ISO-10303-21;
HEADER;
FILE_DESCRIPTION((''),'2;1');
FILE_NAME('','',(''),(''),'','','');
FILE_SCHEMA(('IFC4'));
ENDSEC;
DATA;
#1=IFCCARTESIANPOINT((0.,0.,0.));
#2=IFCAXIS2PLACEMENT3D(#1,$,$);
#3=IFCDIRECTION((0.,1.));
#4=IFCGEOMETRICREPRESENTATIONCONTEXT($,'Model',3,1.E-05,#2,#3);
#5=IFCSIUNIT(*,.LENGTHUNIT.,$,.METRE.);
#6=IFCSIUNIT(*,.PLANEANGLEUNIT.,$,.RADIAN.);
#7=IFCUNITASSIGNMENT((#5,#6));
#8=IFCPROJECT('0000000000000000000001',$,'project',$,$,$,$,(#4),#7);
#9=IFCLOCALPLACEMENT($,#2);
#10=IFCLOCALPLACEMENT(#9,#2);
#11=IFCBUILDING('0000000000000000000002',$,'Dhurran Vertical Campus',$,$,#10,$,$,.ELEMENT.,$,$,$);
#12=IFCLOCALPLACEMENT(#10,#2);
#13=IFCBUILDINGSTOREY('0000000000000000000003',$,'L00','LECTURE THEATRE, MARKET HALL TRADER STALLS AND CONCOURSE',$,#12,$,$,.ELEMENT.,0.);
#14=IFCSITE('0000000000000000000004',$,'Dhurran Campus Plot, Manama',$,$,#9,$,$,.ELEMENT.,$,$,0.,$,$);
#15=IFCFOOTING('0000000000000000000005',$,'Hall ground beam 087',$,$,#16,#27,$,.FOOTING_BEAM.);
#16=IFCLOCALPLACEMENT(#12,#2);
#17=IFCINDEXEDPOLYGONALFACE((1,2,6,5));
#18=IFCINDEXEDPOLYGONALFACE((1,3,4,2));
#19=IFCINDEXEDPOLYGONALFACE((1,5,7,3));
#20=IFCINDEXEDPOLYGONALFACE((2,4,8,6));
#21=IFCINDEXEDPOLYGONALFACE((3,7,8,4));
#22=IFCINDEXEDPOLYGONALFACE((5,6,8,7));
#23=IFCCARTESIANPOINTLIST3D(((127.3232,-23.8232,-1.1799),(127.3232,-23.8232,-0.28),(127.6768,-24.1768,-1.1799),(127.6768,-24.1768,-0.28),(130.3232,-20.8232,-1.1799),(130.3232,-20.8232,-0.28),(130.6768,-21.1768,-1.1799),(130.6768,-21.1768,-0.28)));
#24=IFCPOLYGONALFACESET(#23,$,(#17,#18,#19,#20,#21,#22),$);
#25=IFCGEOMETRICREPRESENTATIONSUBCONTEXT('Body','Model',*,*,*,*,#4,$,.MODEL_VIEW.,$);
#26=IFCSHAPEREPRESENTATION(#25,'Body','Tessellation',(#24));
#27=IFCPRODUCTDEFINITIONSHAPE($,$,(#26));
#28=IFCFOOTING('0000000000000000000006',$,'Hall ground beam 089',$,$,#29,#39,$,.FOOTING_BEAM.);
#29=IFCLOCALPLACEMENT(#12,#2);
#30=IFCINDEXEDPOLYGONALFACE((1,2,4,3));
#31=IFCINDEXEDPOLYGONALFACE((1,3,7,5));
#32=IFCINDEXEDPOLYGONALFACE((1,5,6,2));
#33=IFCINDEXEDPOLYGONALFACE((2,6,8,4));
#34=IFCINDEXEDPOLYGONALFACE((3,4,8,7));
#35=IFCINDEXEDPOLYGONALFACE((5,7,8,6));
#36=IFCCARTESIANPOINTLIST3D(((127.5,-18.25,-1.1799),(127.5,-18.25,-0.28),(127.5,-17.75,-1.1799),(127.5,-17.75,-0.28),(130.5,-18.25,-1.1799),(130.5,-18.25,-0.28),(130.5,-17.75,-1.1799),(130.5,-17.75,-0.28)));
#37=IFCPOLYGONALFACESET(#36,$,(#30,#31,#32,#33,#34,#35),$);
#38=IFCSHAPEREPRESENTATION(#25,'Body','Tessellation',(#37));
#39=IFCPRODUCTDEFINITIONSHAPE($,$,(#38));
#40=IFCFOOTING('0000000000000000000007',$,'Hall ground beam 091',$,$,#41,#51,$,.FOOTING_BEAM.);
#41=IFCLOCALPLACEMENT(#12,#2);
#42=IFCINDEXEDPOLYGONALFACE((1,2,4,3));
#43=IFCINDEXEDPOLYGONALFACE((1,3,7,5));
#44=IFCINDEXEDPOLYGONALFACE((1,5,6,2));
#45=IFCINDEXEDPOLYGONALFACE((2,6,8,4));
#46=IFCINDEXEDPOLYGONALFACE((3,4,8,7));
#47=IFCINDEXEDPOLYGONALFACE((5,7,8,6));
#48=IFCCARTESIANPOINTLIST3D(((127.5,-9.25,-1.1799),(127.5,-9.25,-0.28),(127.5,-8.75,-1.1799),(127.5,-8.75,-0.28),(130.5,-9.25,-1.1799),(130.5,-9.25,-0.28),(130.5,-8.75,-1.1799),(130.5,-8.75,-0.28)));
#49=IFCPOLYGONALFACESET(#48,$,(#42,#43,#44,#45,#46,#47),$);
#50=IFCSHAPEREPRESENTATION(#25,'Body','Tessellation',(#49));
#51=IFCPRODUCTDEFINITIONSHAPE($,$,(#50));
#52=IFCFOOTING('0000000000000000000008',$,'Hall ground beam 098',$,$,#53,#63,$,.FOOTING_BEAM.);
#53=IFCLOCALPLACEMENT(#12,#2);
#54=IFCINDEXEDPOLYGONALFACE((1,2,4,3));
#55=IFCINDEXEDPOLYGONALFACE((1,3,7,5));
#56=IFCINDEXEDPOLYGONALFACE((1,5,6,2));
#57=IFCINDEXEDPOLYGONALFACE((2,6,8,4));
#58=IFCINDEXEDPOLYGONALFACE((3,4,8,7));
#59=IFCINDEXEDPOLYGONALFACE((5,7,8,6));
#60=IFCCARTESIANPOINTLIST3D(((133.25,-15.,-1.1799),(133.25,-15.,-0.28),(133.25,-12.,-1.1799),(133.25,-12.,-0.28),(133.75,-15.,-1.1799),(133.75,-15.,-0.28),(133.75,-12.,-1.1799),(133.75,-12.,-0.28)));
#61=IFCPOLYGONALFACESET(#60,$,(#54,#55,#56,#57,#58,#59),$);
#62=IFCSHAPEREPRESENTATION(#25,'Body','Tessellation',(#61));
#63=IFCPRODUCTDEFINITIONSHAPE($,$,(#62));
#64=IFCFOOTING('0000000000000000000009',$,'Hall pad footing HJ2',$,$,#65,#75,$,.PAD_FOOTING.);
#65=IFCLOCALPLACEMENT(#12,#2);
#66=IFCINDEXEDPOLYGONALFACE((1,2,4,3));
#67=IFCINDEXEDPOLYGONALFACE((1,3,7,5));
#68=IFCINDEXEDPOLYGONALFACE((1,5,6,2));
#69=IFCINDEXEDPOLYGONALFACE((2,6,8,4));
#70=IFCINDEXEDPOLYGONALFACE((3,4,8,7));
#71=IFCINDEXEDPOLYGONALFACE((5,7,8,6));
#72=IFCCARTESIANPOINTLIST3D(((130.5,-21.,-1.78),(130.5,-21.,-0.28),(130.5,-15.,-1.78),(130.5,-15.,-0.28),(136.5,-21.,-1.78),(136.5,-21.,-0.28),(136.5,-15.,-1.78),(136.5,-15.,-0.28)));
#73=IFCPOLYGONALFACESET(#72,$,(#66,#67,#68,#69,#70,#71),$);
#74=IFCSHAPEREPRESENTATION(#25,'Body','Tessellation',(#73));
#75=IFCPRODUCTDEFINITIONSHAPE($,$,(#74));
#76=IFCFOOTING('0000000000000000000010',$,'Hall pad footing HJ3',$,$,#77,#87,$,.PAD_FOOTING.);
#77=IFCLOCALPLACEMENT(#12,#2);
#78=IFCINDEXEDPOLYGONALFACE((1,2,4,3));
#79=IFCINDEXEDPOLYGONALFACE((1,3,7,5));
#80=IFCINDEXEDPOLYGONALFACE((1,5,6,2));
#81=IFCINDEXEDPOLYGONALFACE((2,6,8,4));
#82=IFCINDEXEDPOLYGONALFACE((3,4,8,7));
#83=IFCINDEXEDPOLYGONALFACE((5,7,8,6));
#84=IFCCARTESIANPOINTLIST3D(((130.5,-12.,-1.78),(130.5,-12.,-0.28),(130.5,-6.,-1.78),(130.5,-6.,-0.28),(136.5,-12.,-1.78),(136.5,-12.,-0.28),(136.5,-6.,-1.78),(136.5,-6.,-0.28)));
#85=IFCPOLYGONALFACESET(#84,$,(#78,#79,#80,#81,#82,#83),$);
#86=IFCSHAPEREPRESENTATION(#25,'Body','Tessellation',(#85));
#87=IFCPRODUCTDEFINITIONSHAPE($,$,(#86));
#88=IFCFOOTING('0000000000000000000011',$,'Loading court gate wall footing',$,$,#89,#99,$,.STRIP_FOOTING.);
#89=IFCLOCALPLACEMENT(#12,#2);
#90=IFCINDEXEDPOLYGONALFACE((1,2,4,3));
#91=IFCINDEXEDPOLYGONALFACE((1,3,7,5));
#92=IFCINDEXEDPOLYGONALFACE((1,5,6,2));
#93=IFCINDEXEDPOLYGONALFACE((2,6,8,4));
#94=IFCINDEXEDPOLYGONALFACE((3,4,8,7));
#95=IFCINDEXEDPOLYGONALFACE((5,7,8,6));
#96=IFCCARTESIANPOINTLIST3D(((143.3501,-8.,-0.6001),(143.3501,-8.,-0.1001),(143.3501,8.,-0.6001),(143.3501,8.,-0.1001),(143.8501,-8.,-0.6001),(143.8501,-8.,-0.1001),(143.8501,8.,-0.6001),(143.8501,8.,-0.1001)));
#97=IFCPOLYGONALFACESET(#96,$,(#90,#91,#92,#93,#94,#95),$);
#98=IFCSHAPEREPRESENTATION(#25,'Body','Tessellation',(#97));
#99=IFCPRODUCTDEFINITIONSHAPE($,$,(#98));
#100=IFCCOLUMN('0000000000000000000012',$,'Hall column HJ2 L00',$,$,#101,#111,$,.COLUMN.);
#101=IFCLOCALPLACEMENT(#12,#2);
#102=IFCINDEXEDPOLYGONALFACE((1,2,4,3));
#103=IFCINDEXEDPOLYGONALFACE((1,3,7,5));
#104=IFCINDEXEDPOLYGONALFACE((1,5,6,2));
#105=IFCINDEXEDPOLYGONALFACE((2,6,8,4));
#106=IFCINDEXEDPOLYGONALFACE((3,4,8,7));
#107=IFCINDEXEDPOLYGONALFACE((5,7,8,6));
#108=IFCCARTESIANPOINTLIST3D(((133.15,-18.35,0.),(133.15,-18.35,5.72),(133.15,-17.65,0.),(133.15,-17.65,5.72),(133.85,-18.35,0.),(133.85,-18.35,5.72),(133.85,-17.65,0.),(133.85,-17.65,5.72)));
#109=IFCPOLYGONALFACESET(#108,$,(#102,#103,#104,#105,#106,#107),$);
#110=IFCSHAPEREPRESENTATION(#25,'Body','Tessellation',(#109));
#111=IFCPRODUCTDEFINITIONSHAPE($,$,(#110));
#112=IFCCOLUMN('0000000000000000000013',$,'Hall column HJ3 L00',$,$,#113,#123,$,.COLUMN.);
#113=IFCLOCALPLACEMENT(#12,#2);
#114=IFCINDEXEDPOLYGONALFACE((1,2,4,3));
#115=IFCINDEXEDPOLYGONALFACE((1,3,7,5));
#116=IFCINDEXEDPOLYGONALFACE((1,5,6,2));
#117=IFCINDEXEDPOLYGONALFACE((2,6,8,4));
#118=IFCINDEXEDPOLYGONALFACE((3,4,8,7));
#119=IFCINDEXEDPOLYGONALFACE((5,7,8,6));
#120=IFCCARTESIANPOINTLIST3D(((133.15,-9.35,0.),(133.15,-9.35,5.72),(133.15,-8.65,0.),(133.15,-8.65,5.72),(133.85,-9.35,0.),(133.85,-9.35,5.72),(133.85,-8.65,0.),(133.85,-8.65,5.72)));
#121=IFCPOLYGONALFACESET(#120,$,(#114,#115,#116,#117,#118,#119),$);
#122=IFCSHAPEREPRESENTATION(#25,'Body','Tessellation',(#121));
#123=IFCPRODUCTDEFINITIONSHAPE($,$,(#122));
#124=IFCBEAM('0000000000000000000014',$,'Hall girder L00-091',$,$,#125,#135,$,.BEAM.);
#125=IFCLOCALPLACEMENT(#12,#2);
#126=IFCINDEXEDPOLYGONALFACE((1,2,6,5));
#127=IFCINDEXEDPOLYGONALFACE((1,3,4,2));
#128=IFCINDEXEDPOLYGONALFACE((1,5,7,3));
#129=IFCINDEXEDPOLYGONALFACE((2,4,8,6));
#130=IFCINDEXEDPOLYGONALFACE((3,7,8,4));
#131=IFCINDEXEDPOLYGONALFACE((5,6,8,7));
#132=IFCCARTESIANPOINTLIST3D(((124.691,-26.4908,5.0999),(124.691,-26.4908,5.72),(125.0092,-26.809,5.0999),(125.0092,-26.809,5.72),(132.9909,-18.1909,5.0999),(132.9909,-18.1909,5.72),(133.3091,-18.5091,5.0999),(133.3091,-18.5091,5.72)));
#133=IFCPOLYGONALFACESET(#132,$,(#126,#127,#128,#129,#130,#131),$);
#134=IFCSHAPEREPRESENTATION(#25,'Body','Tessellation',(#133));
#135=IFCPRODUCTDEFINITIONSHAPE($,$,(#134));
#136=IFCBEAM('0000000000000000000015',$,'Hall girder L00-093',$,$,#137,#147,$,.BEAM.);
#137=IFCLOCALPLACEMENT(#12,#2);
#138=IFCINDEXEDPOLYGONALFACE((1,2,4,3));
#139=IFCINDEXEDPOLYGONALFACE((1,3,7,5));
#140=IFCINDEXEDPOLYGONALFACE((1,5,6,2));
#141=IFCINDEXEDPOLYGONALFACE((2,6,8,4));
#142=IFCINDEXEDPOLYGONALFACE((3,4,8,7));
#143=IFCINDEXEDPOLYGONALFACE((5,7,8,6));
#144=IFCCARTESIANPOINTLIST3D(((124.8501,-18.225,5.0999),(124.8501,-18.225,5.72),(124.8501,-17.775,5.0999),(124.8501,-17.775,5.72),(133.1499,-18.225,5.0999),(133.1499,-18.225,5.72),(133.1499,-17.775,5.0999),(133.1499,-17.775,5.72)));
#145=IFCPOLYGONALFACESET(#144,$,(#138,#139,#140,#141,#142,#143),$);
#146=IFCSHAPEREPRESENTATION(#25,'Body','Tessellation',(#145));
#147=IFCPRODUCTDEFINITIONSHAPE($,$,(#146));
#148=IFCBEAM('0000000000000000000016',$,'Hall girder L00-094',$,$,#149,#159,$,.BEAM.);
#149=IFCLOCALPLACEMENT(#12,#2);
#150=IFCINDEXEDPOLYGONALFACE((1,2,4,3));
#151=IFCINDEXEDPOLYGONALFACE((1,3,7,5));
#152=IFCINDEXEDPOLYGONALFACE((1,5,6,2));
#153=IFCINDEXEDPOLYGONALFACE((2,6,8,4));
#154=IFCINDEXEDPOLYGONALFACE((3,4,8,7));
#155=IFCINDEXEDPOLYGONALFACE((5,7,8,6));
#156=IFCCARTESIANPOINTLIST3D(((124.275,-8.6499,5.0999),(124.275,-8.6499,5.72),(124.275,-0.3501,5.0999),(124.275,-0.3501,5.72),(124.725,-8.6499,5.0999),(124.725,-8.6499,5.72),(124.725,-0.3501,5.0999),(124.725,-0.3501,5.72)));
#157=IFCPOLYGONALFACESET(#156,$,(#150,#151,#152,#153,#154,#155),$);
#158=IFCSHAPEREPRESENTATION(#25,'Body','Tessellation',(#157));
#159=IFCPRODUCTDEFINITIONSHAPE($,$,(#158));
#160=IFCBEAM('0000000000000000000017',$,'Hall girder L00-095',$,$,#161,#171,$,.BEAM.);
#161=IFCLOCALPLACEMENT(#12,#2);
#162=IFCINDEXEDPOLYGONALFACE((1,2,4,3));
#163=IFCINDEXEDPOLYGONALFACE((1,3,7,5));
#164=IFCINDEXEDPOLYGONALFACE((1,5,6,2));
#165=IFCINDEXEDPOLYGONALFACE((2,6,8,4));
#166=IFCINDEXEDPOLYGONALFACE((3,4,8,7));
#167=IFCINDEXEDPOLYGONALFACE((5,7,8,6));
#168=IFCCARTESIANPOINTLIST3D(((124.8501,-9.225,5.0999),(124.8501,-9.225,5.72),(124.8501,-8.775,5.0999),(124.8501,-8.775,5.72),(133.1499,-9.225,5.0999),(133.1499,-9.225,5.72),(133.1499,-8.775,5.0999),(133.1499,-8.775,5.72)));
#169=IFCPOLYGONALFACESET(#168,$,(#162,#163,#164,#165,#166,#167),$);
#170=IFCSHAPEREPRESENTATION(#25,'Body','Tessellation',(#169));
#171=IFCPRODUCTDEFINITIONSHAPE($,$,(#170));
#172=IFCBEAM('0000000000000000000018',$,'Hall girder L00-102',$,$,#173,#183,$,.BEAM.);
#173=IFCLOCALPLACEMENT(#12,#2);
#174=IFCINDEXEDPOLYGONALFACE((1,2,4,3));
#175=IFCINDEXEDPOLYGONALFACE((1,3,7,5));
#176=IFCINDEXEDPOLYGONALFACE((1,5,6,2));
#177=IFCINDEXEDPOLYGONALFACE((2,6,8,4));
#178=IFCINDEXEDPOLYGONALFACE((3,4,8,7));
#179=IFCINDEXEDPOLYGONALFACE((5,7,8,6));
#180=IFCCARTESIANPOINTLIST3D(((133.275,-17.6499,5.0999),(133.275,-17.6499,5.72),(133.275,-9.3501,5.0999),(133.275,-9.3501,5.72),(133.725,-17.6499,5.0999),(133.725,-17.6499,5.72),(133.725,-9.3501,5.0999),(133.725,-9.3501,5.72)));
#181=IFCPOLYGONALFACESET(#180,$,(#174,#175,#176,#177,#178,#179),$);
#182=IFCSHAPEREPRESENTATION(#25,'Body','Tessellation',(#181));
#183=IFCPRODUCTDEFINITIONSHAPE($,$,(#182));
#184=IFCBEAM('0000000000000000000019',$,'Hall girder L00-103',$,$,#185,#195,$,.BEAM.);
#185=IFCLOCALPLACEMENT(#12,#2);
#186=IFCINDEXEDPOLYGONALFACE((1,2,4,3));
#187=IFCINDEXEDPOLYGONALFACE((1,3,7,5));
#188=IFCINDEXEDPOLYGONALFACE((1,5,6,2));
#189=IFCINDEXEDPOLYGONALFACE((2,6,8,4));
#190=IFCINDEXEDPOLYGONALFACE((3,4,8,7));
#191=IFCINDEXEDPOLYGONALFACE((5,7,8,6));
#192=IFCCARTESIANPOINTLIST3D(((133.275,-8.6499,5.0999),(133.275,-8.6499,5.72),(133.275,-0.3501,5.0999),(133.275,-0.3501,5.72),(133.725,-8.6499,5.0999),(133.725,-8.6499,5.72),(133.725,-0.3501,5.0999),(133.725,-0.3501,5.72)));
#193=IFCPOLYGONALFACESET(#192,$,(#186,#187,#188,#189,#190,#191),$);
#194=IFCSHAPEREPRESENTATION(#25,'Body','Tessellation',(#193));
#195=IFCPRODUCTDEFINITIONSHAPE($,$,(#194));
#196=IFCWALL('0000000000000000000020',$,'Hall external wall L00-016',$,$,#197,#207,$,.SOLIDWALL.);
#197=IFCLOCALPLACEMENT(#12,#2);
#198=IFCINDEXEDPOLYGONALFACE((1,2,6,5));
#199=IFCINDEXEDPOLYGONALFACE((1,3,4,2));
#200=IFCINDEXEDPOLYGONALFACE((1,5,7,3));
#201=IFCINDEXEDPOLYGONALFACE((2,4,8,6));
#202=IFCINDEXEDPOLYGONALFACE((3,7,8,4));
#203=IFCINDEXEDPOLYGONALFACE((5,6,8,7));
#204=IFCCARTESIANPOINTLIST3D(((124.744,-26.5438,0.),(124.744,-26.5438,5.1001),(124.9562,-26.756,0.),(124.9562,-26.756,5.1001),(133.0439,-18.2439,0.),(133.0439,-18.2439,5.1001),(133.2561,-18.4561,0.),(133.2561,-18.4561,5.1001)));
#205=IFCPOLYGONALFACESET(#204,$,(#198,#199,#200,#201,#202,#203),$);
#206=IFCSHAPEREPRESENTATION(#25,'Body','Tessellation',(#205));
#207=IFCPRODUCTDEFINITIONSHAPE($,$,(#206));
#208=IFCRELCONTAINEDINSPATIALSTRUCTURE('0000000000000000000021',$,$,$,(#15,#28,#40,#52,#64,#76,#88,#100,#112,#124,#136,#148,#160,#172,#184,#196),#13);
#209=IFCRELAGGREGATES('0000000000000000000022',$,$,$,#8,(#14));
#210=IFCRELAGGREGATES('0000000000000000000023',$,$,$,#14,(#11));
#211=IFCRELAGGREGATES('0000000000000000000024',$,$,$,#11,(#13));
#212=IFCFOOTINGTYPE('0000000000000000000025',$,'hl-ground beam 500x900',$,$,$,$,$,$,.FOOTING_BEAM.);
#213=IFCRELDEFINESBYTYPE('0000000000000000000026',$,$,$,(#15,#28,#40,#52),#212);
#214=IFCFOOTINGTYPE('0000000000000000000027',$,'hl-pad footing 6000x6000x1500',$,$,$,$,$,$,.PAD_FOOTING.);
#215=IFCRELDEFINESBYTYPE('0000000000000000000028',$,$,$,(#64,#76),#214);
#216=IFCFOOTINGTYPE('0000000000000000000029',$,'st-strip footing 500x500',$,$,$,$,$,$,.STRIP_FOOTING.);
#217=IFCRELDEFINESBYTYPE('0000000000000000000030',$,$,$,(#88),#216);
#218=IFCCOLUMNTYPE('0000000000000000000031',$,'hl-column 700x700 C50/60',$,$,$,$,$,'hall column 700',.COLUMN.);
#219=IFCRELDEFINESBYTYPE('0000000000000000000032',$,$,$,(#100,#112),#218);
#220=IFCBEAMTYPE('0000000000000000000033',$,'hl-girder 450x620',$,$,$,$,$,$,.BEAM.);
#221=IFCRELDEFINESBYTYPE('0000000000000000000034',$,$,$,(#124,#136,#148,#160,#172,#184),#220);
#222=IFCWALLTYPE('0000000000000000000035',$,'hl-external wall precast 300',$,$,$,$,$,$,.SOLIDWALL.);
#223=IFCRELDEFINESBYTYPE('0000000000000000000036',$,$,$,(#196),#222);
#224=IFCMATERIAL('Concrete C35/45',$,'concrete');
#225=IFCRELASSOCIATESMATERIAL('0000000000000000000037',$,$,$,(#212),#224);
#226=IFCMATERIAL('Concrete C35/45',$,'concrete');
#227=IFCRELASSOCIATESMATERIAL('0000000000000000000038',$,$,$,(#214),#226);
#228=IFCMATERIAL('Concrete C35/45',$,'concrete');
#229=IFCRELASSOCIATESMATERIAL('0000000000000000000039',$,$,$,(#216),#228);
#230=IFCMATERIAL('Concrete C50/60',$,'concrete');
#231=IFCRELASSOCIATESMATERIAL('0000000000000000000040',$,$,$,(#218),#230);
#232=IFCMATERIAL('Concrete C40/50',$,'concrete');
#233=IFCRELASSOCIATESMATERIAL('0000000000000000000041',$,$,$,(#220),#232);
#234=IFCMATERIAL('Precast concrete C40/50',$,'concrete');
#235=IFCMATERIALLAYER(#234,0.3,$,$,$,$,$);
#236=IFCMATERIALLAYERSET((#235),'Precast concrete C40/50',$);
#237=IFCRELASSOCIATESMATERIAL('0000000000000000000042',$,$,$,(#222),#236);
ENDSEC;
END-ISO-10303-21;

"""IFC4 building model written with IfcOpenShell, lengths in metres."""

from ifc_helpers import new_model, si_unit, direction, frame, frame_2d, origin, origin_2d, place, context, subcontext, project, spatial, rectangle, extrude, material, layer, layer_set, material_profile, profile_set, type_object, element, save


model = new_model("IFC4")

# Units and contexts
model_context = context("Model", 3, precision=1e-05, world=origin(), true_north=direction((0.0, 1.0)))
body_context = subcontext(model_context, "Body", "Model", "MODEL_VIEW")
ifc_project = project(units=[si_unit("LENGTHUNIT", "METRE"), si_unit("PLANEANGLEUNIT", "RADIAN")], contexts=[model_context])

# Site, building, storey
site_placement = place(None, origin())
site = spatial("IfcSite", under=ifc_project, at=site_placement, Name="Dhurran Campus Plot, Manama", CompositionType="ELEMENT", RefElevation=0.0)
building_placement = place(site_placement, origin())
building = spatial("IfcBuilding", under=site, at=building_placement, Name="Dhurran Vertical Campus", CompositionType="ELEMENT")
storey_placement = place(building_placement, origin())
storey = spatial("IfcBuildingStorey", under=building, at=storey_placement, Name="L00", Description="LECTURE THEATRE, MARKET HALL TRADER STALLS AND CONCOURSE", CompositionType="ELEMENT", Elevation=0.0)

# Footings
ifc_material_1 = material(Name="Concrete C35/45", Category="concrete")
ifc_material_profile_1 = material_profile(ifc_material_1, rectangle(XDim=0.5, YDim=0.8999, at=origin_2d()), Name="hl-ground beam 500x900")
ifc_profile_set_1 = profile_set([ifc_material_profile_1], Name="Concrete C35/45")
footing_type_1 = type_object("IfcFootingType", Name="hl-ground beam 500x900", PredefinedType="FOOTING_BEAM", material=ifc_profile_set_1)
footing_1_placement = place(storey_placement, frame((127.5, -24.0, -0.73), z_axis=(0.707107, 0.707107, 0.0), x_axis=(-0.707107, 0.707107, 0.0)))
element("IfcFooting", 1, at=footing_1_placement, inside=storey, type_object=footing_type_1, Name="Hall ground beam 087", PredefinedType="FOOTING_BEAM", context=body_context, shape_type="SweptSolid", body=[
    extrude(rectangle(XDim=0.5, YDim=0.8999, at=origin_2d()), origin(), (0.0, 0.0, 1.0), 4.2427),
])
for number, where, z_axis, x_axis, name in (
    (2, (127.5, -18.0, -0.73), (1.0, 0.0, 0.0), (0.0, 1.0, 0.0), "Hall ground beam 089"),
    (3, (127.5, -9.0, -0.73), (1.0, 0.0, 0.0), (0.0, 1.0, 0.0), "Hall ground beam 091"),
    (4, (133.5, -15.0, -0.73), (0.0, 1.0, 0.0), (-1.0, 0.0, 0.0), "Hall ground beam 098"),
):
    element("IfcFooting", number, at=place(storey_placement, frame(where, z_axis=z_axis, x_axis=x_axis)), inside=storey, type_object=footing_type_1, Name=name, PredefinedType="FOOTING_BEAM", context=body_context, shape_type="SweptSolid", body=[
        extrude(rectangle(XDim=0.5, YDim=0.8999, at=origin_2d()), origin(), (0.0, 0.0, 1.0), 3.0),
    ])
ifc_material_2 = material(Name="Concrete C35/45", Category="concrete")
footing_type_2 = type_object("IfcFootingType", Name="hl-pad footing 6000x6000x1500", PredefinedType="PAD_FOOTING", material=ifc_material_2)
for number, where, z_axis, x_axis, name in (
    (5, (133.5, -18.0, -1.78), (0.0, 0.0, 1.0), (1.0, 0.0, 0.0), "Hall pad footing HJ2"),
    (6, (133.5, -9.0, -1.78), (0.0, 0.0, 1.0), (1.0, 0.0, 0.0), "Hall pad footing HJ3"),
):
    element("IfcFooting", number, at=place(storey_placement, frame(where, z_axis=z_axis, x_axis=x_axis)), inside=storey, type_object=footing_type_2, Name=name, PredefinedType="PAD_FOOTING", context=body_context, shape_type="SweptSolid", body=[
        extrude(rectangle(XDim=6.0, YDim=6.0, at=origin_2d()), origin(), (0.0, 0.0, 1.0), 1.5),
    ])
ifc_material_3 = material(Name="Concrete C35/45", Category="concrete")
ifc_material_profile_2 = material_profile(ifc_material_3, rectangle(XDim=0.5, YDim=0.5, at=origin_2d()), Name="st-strip footing 500x500")
ifc_profile_set_2 = profile_set([ifc_material_profile_2], Name="Concrete C35/45")
footing_type_3 = type_object("IfcFootingType", Name="st-strip footing 500x500", PredefinedType="STRIP_FOOTING", material=ifc_profile_set_2)
footing_2_placement = place(storey_placement, frame((143.6001, -8.0, -0.3501), z_axis=(0.0, 1.0, 0.0), x_axis=(-1.0, 0.0, 0.0)))
element("IfcFooting", 7, at=footing_2_placement, inside=storey, type_object=footing_type_3, Name="Loading court gate wall footing", PredefinedType="STRIP_FOOTING", context=body_context, shape_type="SweptSolid", body=[
    extrude(rectangle(XDim=0.5, YDim=0.5, at=origin_2d()), origin(), (0.0, 0.0, 1.0), 16.0),
])

# Columns
ifc_material_4 = material(Name="Concrete C50/60", Category="concrete")
ifc_material_profile_3 = material_profile(ifc_material_4, rectangle(XDim=0.7, YDim=0.7, at=origin_2d()), Name="hl-column 700x700 C50/60")
ifc_profile_set_3 = profile_set([ifc_material_profile_3], Name="Concrete C50/60")
column_type = type_object("IfcColumnType", Name="hl-column 700x700 C50/60", ElementType="hall column 700", PredefinedType="COLUMN", material=ifc_profile_set_3)
for number, where, z_axis, x_axis, name in (
    (8, (133.5, -18.0, 0.0), (0.0, 0.0, 1.0), (1.0, 0.0, 0.0), "Hall column HJ2 L00"),
    (9, (133.5, -9.0, 0.0), (0.0, 0.0, 1.0), (1.0, 0.0, 0.0), "Hall column HJ3 L00"),
):
    element("IfcColumn", number, at=place(storey_placement, frame(where, z_axis=z_axis, x_axis=x_axis)), inside=storey, type_object=column_type, Name=name, PredefinedType="COLUMN", context=body_context, shape_type="SweptSolid", body=[
        extrude(rectangle(XDim=0.7, YDim=0.7, at=origin_2d()), origin(), (0.0, 0.0, 1.0), 5.72),
    ])

# Beams
ifc_material_5 = material(Name="Concrete C40/50", Category="concrete")
ifc_material_profile_4 = material_profile(ifc_material_5, rectangle(XDim=0.45, YDim=0.6201, at=origin_2d()), Name="hl-girder 450x620")
ifc_profile_set_4 = profile_set([ifc_material_profile_4], Name="Concrete C40/50")
beam_type = type_object("IfcBeamType", Name="hl-girder 450x620", PredefinedType="BEAM", material=ifc_profile_set_4)
beam_placement = place(storey_placement, frame((124.8501, -26.6499, 5.4099), z_axis=(0.707107, 0.707107, 0.0), x_axis=(-0.707107, 0.707107, 0.0)))
element("IfcBeam", 10, at=beam_placement, inside=storey, type_object=beam_type, Name="Hall girder L00-091", PredefinedType="BEAM", context=body_context, shape_type="SweptSolid", body=[
    extrude(rectangle(XDim=0.45, YDim=0.6201, at=origin_2d()), origin(), (0.0, 0.0, 1.0), 11.7378),
])
for number, where, z_axis, x_axis, name in (
    (11, (124.8501, -18.0, 5.4099), (1.0, 0.0, 0.0), (0.0, 1.0, 0.0), "Hall girder L00-093"),
    (12, (124.5, -8.6499, 5.4099), (0.0, 1.0, 0.0), (-1.0, 0.0, 0.0), "Hall girder L00-094"),
    (13, (124.8501, -9.0, 5.4099), (1.0, 0.0, 0.0), (0.0, 1.0, 0.0), "Hall girder L00-095"),
    (14, (133.5, -17.6499, 5.4099), (0.0, 1.0, 0.0), (-1.0, 0.0, 0.0), "Hall girder L00-102"),
    (15, (133.5, -8.6499, 5.4099), (0.0, 1.0, 0.0), (-1.0, 0.0, 0.0), "Hall girder L00-103"),
):
    element("IfcBeam", number, at=place(storey_placement, frame(where, z_axis=z_axis, x_axis=x_axis)), inside=storey, type_object=beam_type, Name=name, PredefinedType="BEAM", context=body_context, shape_type="SweptSolid", body=[
        extrude(rectangle(XDim=0.45, YDim=0.6201, at=origin_2d()), origin(), (0.0, 0.0, 1.0), 8.2998),
    ])

# Wall
ifc_material_6 = material(Name="Precast concrete C40/50", Category="concrete")
ifc_layer_1 = layer(ifc_material_6, 0.3)
ifc_layer_set_1 = layer_set([ifc_layer_1], Name="Precast concrete C40/50")
wall_type_1 = type_object("IfcWallType", Name="hl-external wall precast 300", PredefinedType="SOLIDWALL", material=ifc_layer_set_1)
wall_1_placement = place(storey_placement, frame((124.8501, -26.6499, 0.0), z_axis=(0.0, 0.0, 1.0), x_axis=(0.707107, 0.707107, 0.0)))
element("IfcWall", 16, at=wall_1_placement, inside=storey, type_object=wall_type_1, Name="Hall external wall L00-016", PredefinedType="SOLIDWALL", context=body_context, shape_type="SweptSolid", body=[
    extrude(rectangle(XDim=11.7378, YDim=0.3, at=frame_2d((5.8689, 0.0))), origin(), (0.0, 0.0, 1.0), 5.1001),
])

save(model, "model.ifc")
